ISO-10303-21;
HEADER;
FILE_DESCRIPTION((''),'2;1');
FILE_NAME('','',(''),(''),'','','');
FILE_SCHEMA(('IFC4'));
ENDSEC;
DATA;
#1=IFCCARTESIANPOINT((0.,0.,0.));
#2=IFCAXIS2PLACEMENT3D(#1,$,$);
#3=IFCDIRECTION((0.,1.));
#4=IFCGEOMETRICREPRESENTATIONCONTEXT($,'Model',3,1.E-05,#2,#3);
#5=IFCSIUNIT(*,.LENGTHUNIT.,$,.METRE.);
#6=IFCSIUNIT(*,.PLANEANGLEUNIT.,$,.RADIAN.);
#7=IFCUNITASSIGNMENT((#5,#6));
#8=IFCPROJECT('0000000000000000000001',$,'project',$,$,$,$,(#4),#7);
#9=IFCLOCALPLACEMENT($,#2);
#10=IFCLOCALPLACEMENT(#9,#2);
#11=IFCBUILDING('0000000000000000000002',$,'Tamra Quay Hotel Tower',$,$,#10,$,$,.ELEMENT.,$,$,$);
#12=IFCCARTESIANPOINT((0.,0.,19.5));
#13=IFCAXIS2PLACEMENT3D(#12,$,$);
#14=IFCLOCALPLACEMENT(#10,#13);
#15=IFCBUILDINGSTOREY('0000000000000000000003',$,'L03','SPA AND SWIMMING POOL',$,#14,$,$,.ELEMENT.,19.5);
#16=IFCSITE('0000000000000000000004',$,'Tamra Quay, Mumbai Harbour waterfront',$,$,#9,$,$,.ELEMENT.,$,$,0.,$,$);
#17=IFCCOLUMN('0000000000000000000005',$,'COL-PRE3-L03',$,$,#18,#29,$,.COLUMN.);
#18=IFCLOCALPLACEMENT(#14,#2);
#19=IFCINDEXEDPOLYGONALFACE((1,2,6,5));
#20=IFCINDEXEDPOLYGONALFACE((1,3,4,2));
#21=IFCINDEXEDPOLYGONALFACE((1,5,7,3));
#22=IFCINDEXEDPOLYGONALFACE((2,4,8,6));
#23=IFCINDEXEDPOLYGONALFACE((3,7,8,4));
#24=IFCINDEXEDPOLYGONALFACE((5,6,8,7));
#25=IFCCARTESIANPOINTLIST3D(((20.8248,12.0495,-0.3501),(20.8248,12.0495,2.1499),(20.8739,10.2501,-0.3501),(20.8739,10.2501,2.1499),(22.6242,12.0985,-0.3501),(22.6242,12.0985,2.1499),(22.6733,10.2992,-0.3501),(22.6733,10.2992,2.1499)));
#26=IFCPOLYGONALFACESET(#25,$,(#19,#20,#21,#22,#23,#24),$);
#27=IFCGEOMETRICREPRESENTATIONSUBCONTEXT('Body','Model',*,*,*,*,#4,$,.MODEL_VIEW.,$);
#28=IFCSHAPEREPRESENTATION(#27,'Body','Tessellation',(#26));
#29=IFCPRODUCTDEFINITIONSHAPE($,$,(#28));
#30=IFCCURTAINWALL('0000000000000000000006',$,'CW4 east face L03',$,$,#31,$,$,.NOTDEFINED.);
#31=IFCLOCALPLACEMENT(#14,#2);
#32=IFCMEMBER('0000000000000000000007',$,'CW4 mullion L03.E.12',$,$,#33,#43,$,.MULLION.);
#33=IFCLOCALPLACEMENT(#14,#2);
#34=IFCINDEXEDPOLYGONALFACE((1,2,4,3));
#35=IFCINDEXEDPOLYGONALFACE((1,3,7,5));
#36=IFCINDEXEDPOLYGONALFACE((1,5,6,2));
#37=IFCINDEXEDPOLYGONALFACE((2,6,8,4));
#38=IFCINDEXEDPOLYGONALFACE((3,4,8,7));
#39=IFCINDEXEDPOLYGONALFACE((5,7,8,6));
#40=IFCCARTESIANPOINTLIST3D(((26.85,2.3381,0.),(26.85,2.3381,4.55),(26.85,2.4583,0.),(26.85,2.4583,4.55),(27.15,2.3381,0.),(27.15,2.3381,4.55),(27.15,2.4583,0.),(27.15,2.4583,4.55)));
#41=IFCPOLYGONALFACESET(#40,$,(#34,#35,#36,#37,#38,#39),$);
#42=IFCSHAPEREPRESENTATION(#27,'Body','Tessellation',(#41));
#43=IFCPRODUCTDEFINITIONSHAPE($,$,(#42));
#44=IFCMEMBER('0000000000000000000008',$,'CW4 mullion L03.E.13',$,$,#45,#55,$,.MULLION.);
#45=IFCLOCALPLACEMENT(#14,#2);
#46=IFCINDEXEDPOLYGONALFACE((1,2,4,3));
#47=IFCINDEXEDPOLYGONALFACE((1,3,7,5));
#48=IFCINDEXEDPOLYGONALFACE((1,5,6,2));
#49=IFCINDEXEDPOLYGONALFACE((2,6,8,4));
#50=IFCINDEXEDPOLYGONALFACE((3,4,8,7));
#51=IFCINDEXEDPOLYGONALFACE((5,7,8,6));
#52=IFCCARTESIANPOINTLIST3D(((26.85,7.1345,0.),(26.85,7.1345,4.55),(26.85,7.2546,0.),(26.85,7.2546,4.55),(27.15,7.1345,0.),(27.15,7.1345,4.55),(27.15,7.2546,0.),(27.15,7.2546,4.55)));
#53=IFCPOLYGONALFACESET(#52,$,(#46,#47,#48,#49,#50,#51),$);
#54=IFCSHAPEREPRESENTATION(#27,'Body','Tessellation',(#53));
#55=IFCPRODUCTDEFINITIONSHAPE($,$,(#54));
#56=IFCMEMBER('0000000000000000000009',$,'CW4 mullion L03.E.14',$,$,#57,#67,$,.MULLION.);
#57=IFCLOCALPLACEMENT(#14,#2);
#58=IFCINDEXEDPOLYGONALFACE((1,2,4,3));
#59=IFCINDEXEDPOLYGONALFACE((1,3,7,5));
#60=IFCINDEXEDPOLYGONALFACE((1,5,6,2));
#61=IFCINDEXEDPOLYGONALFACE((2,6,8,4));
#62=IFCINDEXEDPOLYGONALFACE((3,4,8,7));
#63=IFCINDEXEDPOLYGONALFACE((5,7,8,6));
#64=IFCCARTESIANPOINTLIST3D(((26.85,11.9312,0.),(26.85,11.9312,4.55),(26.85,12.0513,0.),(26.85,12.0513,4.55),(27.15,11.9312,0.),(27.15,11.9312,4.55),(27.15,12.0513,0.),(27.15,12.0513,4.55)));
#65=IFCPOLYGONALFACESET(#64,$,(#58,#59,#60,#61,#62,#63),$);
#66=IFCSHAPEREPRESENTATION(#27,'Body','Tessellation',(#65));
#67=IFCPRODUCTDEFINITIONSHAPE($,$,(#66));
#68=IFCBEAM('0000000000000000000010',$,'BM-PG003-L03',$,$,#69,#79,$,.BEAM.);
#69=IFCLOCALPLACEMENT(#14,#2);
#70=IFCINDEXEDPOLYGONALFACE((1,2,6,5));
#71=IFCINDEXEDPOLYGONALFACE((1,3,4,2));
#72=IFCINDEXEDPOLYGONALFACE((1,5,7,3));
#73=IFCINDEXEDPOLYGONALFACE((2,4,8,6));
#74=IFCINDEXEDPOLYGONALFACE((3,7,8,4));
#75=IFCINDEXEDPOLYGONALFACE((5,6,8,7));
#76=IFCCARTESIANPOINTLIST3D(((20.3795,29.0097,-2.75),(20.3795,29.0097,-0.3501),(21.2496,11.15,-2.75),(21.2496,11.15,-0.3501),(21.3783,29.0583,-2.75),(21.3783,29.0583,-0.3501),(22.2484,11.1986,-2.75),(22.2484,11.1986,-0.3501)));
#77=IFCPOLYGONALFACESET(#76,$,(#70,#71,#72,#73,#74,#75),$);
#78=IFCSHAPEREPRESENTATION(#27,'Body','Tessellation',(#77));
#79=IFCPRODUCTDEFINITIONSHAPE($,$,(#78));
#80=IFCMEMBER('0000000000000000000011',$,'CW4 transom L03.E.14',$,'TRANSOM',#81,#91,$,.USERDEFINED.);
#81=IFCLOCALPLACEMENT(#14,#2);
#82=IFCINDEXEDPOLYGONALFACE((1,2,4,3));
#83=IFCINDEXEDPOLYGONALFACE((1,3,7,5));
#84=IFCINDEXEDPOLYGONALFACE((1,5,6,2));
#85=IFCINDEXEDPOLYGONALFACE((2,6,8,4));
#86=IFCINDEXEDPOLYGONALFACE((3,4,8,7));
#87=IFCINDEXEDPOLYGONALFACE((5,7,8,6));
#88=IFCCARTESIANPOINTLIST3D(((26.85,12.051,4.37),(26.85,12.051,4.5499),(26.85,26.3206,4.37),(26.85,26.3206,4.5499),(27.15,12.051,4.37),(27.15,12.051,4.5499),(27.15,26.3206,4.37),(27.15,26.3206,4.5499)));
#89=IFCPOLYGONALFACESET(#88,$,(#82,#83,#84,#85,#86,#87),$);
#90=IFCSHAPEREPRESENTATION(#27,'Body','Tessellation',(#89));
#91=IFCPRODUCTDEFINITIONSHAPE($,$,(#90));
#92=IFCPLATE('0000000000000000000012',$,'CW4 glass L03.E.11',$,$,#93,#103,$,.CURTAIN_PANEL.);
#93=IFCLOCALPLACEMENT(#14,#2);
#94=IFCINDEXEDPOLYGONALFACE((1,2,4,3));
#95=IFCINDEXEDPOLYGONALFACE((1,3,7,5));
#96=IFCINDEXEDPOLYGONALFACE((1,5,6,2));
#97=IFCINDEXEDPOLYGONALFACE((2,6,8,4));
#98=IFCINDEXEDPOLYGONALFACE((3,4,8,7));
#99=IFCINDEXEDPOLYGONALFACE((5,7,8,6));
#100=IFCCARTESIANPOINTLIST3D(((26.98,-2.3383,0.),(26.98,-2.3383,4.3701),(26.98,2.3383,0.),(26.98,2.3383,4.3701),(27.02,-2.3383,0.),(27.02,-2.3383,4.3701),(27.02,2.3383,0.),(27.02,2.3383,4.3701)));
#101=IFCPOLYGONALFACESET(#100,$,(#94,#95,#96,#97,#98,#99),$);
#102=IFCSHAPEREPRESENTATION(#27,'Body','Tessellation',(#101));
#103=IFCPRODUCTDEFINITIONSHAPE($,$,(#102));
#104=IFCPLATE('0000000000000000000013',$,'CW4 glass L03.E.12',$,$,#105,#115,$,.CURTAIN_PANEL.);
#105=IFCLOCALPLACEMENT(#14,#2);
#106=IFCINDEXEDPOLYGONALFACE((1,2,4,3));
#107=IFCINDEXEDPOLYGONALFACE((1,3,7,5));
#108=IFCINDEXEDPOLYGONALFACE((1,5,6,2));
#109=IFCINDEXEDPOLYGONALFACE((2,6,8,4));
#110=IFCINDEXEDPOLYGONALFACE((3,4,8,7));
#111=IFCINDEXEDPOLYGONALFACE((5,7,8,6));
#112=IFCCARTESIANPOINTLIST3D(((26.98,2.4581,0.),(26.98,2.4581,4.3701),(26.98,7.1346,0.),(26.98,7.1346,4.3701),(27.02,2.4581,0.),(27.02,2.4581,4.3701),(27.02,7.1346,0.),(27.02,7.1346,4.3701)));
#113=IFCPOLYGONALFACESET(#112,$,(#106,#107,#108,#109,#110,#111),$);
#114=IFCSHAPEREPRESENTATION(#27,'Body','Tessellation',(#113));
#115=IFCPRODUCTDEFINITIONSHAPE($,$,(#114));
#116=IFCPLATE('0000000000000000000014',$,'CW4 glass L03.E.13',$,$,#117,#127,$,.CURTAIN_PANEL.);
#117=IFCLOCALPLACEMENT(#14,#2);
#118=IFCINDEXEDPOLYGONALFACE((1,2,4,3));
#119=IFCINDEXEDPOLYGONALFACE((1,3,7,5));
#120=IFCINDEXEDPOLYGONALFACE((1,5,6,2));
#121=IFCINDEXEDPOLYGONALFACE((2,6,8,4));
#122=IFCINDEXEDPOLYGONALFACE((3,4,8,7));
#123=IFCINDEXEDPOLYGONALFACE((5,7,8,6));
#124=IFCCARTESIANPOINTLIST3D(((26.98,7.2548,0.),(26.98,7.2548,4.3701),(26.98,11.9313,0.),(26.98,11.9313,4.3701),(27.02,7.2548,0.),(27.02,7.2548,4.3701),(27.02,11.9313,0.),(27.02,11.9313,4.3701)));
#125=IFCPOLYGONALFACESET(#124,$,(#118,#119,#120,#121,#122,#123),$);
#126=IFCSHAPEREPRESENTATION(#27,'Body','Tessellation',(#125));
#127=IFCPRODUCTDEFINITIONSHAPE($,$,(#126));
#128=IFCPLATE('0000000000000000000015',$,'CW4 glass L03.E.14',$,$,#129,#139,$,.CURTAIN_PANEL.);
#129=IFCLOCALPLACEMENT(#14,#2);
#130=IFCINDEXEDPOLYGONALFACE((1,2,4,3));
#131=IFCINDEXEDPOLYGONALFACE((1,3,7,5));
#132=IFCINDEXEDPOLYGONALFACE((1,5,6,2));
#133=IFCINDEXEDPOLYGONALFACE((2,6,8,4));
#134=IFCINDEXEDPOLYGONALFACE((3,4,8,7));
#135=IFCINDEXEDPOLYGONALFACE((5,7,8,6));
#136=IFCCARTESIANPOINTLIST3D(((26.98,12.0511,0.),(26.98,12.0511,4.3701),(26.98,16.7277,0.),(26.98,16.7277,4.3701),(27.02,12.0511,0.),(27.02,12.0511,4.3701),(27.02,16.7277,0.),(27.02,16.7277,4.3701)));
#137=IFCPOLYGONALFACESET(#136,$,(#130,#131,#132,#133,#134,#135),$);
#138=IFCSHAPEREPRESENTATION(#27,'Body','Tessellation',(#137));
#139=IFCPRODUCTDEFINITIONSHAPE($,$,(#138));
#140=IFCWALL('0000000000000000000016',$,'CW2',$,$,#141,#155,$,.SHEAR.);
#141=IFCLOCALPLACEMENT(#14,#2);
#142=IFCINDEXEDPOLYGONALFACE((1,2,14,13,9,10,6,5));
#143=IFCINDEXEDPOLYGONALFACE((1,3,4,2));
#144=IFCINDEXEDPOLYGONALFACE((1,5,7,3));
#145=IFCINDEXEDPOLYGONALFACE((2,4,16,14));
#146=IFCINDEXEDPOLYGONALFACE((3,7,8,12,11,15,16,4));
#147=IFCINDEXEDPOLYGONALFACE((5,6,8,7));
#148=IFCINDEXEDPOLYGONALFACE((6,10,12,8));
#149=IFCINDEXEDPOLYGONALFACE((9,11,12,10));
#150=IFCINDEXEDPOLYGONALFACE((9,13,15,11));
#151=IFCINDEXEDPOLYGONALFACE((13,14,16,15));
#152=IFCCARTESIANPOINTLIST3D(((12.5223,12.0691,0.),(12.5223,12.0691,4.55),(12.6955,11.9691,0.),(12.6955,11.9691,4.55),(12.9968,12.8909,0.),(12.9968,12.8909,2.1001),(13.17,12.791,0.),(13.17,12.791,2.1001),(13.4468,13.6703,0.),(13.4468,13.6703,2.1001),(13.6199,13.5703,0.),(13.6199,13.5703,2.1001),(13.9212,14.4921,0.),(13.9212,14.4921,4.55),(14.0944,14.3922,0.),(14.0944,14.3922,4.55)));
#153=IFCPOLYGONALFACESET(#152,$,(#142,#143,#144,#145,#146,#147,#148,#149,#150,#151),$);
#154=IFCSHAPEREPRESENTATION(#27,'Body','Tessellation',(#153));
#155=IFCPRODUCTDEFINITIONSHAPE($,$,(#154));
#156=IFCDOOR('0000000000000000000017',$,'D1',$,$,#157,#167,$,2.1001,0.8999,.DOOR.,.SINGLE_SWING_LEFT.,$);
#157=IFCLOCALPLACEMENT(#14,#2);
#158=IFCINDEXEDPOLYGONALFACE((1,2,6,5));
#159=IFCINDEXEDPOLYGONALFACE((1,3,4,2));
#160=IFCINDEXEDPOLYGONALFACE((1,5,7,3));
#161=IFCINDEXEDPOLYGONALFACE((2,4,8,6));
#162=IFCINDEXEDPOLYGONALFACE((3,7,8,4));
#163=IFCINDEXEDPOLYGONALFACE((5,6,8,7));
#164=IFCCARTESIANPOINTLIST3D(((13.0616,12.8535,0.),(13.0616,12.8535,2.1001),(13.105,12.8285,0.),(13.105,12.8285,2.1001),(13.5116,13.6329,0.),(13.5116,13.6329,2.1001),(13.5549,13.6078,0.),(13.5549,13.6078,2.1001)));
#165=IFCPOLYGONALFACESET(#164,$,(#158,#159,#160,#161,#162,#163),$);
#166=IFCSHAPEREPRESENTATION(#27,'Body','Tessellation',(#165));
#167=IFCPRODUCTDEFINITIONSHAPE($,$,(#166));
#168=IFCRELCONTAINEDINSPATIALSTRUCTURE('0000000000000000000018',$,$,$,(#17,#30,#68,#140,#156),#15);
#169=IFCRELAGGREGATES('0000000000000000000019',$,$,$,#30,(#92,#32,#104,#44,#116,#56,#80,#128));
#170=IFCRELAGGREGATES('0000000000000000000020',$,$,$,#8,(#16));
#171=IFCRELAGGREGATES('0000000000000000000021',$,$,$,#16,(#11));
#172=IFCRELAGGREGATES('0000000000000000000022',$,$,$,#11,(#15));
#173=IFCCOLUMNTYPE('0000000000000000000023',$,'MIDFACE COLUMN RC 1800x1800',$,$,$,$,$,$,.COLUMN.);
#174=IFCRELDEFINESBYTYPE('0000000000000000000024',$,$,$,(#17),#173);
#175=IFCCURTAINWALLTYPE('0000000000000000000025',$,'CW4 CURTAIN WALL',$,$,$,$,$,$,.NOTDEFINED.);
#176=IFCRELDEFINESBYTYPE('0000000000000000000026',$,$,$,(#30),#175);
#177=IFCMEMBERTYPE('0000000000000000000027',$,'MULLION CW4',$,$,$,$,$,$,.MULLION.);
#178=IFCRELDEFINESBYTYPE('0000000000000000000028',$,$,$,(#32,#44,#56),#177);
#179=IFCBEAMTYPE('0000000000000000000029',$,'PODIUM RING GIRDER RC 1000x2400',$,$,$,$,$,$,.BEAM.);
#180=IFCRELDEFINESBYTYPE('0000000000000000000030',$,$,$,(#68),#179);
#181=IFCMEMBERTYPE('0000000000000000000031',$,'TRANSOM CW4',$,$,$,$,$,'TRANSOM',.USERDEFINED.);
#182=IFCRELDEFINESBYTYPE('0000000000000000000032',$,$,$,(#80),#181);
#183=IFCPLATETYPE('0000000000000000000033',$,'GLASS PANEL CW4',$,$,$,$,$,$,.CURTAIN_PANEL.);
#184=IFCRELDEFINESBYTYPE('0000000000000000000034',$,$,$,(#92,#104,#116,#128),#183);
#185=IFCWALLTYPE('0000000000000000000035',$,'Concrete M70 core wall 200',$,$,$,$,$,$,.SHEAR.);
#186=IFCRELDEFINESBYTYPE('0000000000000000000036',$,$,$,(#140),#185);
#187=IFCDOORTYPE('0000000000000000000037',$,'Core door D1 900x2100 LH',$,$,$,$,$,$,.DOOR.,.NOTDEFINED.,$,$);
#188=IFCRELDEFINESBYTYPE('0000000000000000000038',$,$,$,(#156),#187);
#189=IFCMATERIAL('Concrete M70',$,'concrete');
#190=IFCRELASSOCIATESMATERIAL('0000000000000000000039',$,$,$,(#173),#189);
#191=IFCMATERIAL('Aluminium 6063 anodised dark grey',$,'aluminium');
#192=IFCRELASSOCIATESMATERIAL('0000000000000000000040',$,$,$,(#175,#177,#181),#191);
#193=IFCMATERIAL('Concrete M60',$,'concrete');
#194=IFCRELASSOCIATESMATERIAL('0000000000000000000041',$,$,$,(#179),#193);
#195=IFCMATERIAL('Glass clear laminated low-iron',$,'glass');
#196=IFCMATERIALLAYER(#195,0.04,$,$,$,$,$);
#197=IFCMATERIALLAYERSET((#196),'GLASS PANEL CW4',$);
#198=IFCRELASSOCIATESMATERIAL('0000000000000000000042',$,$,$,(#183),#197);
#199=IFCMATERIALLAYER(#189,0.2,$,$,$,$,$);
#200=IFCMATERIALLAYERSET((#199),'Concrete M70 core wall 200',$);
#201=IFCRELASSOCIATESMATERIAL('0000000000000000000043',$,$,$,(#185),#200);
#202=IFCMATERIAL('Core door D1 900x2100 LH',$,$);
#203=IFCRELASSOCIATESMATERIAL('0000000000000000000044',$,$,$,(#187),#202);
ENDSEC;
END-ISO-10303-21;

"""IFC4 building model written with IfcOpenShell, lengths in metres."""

from ifc_helpers import new_model, si_unit, direction, frame, frame_2d, origin, origin_2d, place, context, subcontext, project, spatial, rectangle, extrude, material, layer, layer_set, material_profile, profile_set, type_object, element, fill, aggregate, save


model = new_model("IFC4")

# Units and contexts
model_context = context("Model", 3, precision=1e-05, world=origin(), true_north=direction((0.0, 1.0)))
body_context = subcontext(model_context, "Body", "Model", "MODEL_VIEW")
ifc_project = project(units=[si_unit("LENGTHUNIT", "METRE"), si_unit("PLANEANGLEUNIT", "RADIAN")], contexts=[model_context])

# Site, building, storey
site_placement = place(None, origin())
site = spatial("IfcSite", under=ifc_project, at=site_placement, Name="Tamra Quay, Mumbai Harbour waterfront", CompositionType="ELEMENT", RefElevation=0.0)
building_placement = place(site_placement, origin())
building = spatial("IfcBuilding", under=site, at=building_placement, Name="Tamra Quay Hotel Tower", CompositionType="ELEMENT")
storey_placement = place(building_placement, frame((0.0, 0.0, 19.5)))
storey = spatial("IfcBuildingStorey", under=building, at=storey_placement, Name="L03", Description="SPA AND SWIMMING POOL", CompositionType="ELEMENT", Elevation=19.5)

# Column
ifc_material_1 = material(Name="Concrete M70", Category="concrete")
ifc_material_profile_1 = material_profile(ifc_material_1, rectangle(XDim=1.8, YDim=1.8, at=origin_2d()), Name="MIDFACE COLUMN RC 1800x1800")
ifc_profile_set_1 = profile_set([ifc_material_profile_1], Name="Concrete M70")
column_type = type_object("IfcColumnType", Name="MIDFACE COLUMN RC 1800x1800", PredefinedType="COLUMN", material=ifc_profile_set_1)
column_placement = place(storey_placement, frame((21.749, 11.1743, -0.3501), z_axis=(0.0, 0.0, 1.0), x_axis=(0.999628, 0.027269, 0.0)))
element("IfcColumn", 1, at=column_placement, inside=storey, type_object=column_type, Name="COL-PRE3-L03", PredefinedType="COLUMN", context=body_context, shape_type="SweptSolid", body=[
    extrude(rectangle(XDim=1.8, YDim=1.8, at=origin_2d()), origin(), (0.0, 0.0, 1.0), 2.5),
])

# Curtain wall, members
ifc_material_2 = material(Name="Aluminium 6063 anodised dark grey", Category="aluminium")
curtain_wall_type = type_object("IfcCurtainWallType", Name="CW4 CURTAIN WALL", PredefinedType="NOTDEFINED", material=ifc_material_2)
curtain_wall_placement = place(storey_placement, origin())
curtain_wall = element("IfcCurtainWall", 2, at=curtain_wall_placement, inside=storey, type_object=curtain_wall_type, Name="CW4 east face L03", PredefinedType="NOTDEFINED")
ifc_material_profile_2 = material_profile(ifc_material_2, rectangle(XDim=0.3, YDim=0.1201, at=origin_2d()), Name="MULLION 120X300")
ifc_profile_set_2 = profile_set([ifc_material_profile_2], Name="Aluminium 6063 anodised dark grey")
member_type_1 = type_object("IfcMemberType", Name="MULLION CW4", PredefinedType="MULLION", material=ifc_profile_set_2)
member_1_placement = place(storey_placement, frame((27.0, 2.3982, 0.0), z_axis=(0.0, 0.0, 1.0), x_axis=(1.0, 0.0, 0.0)))
member_1 = element("IfcMember", 3, at=member_1_placement, type_object=member_type_1, Name="CW4 mullion L03.E.12", PredefinedType="MULLION", context=body_context, shape_type="SweptSolid", body=[
    extrude(rectangle(XDim=0.3, YDim=0.1201, at=origin_2d()), origin(), (0.0, 0.0, 1.0), 4.55),
])
member_2_placement = place(storey_placement, frame((27.0, 7.1946, 0.0), z_axis=(0.0, 0.0, 1.0), x_axis=(1.0, 0.0, 0.0)))
member_2 = element("IfcMember", 4, at=member_2_placement, type_object=member_type_1, Name="CW4 mullion L03.E.13", PredefinedType="MULLION", context=body_context, shape_type="SweptSolid", body=[
    extrude(rectangle(XDim=0.3, YDim=0.1201, at=origin_2d()), origin(), (0.0, 0.0, 1.0), 4.55),
])
member_3_placement = place(storey_placement, frame((27.0, 11.9912, 0.0), z_axis=(0.0, 0.0, 1.0), x_axis=(1.0, 0.0, 0.0)))
member_3 = element("IfcMember", 5, at=member_3_placement, type_object=member_type_1, Name="CW4 mullion L03.E.14", PredefinedType="MULLION", context=body_context, shape_type="SweptSolid", body=[
    extrude(rectangle(XDim=0.3, YDim=0.1201, at=origin_2d()), origin(), (0.0, 0.0, 1.0), 4.55),
])

# Beam
ifc_material_3 = material(Name="Concrete M60", Category="concrete")
ifc_material_profile_3 = material_profile(ifc_material_3, rectangle(XDim=1.0, YDim=2.3999, at=origin_2d()), Name="PODIUM RING GIRDER RC 1000x2400")
ifc_profile_set_3 = profile_set([ifc_material_profile_3], Name="Concrete M60")
beam_type = type_object("IfcBeamType", Name="PODIUM RING GIRDER RC 1000x2400", PredefinedType="BEAM", material=ifc_profile_set_3)
beam_placement = place(storey_placement, frame((21.749, 11.1743, -1.55), z_axis=(-0.048662, 0.998815, 0.0), x_axis=(-0.998815, -0.048662, 0.0)))
element("IfcBeam", 6, at=beam_placement, inside=storey, type_object=beam_type, Name="BM-PG003-L03", PredefinedType="BEAM", context=body_context, shape_type="SweptSolid", body=[
    extrude(rectangle(XDim=1.0, YDim=2.3999, at=origin_2d()), origin(), (0.0, 0.0, 1.0), 17.8809),
])

# Member
ifc_material_profile_4 = material_profile(ifc_material_2, rectangle(XDim=0.3, YDim=0.1799, at=origin_2d()), Name="TRANSOM 300X180")
ifc_profile_set_4 = profile_set([ifc_material_profile_4], Name="Aluminium 6063 anodised dark grey")
member_type_2 = type_object("IfcMemberType", Name="TRANSOM CW4", ElementType="TRANSOM", PredefinedType="USERDEFINED", material=ifc_profile_set_4)
member_4_placement = place(storey_placement, frame((27.0, 12.051, 4.46), z_axis=(0.0, 1.0, 0.0), x_axis=(-1.0, 0.0, 0.0)))
member_4 = element("IfcMember", 7, at=member_4_placement, type_object=member_type_2, Name="CW4 transom L03.E.14", ObjectType="TRANSOM", PredefinedType="USERDEFINED", context=body_context, shape_type="SweptSolid", body=[
    extrude(rectangle(XDim=0.3, YDim=0.1799, at=origin_2d()), origin(), (0.0, 0.0, 1.0), 14.2695),
])

# Plates
ifc_material_4 = material(Name="Glass clear laminated low-iron", Category="glass")
ifc_layer_1 = layer(ifc_material_4, 0.04)
ifc_layer_set_1 = layer_set([ifc_layer_1], Name="GLASS PANEL CW4")
plate_type = type_object("IfcPlateType", Name="GLASS PANEL CW4", PredefinedType="CURTAIN_PANEL", material=ifc_layer_set_1)
plate_1_placement = place(storey_placement, frame((27.0, 0.0, 0.0), z_axis=(0.0, 0.0, 1.0), x_axis=(0.0, 1.0, 0.0)))
plate_1 = element("IfcPlate", 8, at=plate_1_placement, type_object=plate_type, Name="CW4 glass L03.E.11", PredefinedType="CURTAIN_PANEL", context=body_context, shape_type="SweptSolid", body=[
    extrude(rectangle(XDim=4.6765, YDim=0.04, at=origin_2d()), origin(), (0.0, 0.0, 1.0), 4.3701),
])
plate_2_placement = place(storey_placement, frame((27.0, 4.7964, 0.0), z_axis=(0.0, 0.0, 1.0), x_axis=(0.0, 1.0, 0.0)))
plate_2 = element("IfcPlate", 9, at=plate_2_placement, type_object=plate_type, Name="CW4 glass L03.E.12", PredefinedType="CURTAIN_PANEL", context=body_context, shape_type="SweptSolid", body=[
    extrude(rectangle(XDim=4.6765, YDim=0.04, at=origin_2d()), origin(), (0.0, 0.0, 1.0), 4.3701),
])
plate_3_placement = place(storey_placement, frame((27.0, 9.593, 0.0), z_axis=(0.0, 0.0, 1.0), x_axis=(0.0, 1.0, 0.0)))
plate_3 = element("IfcPlate", 10, at=plate_3_placement, type_object=plate_type, Name="CW4 glass L03.E.13", PredefinedType="CURTAIN_PANEL", context=body_context, shape_type="SweptSolid", body=[
    extrude(rectangle(XDim=4.6765, YDim=0.04, at=origin_2d()), origin(), (0.0, 0.0, 1.0), 4.3701),
])
plate_4_placement = place(storey_placement, frame((27.0, 14.3894, 0.0), z_axis=(0.0, 0.0, 1.0), x_axis=(0.0, 1.0, 0.0)))
plate_4 = element("IfcPlate", 11, at=plate_4_placement, type_object=plate_type, Name="CW4 glass L03.E.14", PredefinedType="CURTAIN_PANEL", context=body_context, shape_type="SweptSolid", body=[
    extrude(rectangle(XDim=4.6765, YDim=0.04, at=origin_2d()), origin(), (0.0, 0.0, 1.0), 4.3701),
])
aggregate(curtain_wall, [plate_1, member_1, plate_2, member_2, plate_3, member_3, member_4, plate_4])

# Wall, opening, door
ifc_layer_2 = layer(ifc_material_1, 0.2)
ifc_layer_set_2 = layer_set([ifc_layer_2], Name="Concrete M70 core wall 200")
wall_type_1 = type_object("IfcWallType", Name="Concrete M70 core wall 200", PredefinedType="SHEAR", material=ifc_layer_set_2)
wall_1_placement = place(storey_placement, frame((14.0078, 14.4421, 0.0), z_axis=(0.0, 0.0, 1.0), x_axis=(-0.499987, -0.866033, 0.0)))
wall_1 = element("IfcWall", 12, at=wall_1_placement, inside=storey, type_object=wall_type_1, Name="CW2", PredefinedType="SHEAR", context=body_context, shape_type="SweptSolid", body=[
    extrude(rectangle(XDim=2.7979, YDim=0.2, at=frame_2d((1.3989, 0.0))), origin(), (0.0, 0.0, 1.0), 4.55),
])
opening_1_placement = place(wall_1_placement, frame((0.949, 0.0, 0.0)))
opening_1 = element("IfcOpeningElement", 13, at=opening_1_placement, cuts=wall_1, PredefinedType="OPENING", context=body_context, shape_type="SweptSolid", body=[
    extrude(rectangle(XDim=0.8999, YDim=2.1001, at=frame_2d((0.45, 1.05))), frame((0.0, 0.1099, 0.0), z_axis=(0.0, -1.0, 0.0), x_axis=(1.0, 0.0, 0.0)), (0.0, 0.0, 1.0), 0.22),
])
ifc_material_5 = material(Name="Core door D1 900x2100 LH")
door_type_1 = type_object("IfcDoorType", Name="Core door D1 900x2100 LH", OperationType="NOTDEFINED", PredefinedType="DOOR", material=ifc_material_5)
door_1_placement = place(opening_1_placement, origin())
door_1 = element("IfcDoor", 14, at=door_1_placement, inside=storey, type_object=door_type_1, Name="D1", OperationType="SINGLE_SWING_LEFT", OverallHeight=2.1001, OverallWidth=0.8999, PredefinedType="DOOR", context=body_context, shape_type="SweptSolid", body=[
    extrude(rectangle(XDim=0.8999, YDim=2.1001, at=frame_2d((0.45, 1.05))), frame((0.0, 0.0249, 0.0), z_axis=(0.0, -1.0, 0.0), x_axis=(1.0, 0.0, 0.0)), (0.0, 0.0, 1.0), 0.05),
])
fill(opening_1, door_1)

save(model, "model.ifc")
